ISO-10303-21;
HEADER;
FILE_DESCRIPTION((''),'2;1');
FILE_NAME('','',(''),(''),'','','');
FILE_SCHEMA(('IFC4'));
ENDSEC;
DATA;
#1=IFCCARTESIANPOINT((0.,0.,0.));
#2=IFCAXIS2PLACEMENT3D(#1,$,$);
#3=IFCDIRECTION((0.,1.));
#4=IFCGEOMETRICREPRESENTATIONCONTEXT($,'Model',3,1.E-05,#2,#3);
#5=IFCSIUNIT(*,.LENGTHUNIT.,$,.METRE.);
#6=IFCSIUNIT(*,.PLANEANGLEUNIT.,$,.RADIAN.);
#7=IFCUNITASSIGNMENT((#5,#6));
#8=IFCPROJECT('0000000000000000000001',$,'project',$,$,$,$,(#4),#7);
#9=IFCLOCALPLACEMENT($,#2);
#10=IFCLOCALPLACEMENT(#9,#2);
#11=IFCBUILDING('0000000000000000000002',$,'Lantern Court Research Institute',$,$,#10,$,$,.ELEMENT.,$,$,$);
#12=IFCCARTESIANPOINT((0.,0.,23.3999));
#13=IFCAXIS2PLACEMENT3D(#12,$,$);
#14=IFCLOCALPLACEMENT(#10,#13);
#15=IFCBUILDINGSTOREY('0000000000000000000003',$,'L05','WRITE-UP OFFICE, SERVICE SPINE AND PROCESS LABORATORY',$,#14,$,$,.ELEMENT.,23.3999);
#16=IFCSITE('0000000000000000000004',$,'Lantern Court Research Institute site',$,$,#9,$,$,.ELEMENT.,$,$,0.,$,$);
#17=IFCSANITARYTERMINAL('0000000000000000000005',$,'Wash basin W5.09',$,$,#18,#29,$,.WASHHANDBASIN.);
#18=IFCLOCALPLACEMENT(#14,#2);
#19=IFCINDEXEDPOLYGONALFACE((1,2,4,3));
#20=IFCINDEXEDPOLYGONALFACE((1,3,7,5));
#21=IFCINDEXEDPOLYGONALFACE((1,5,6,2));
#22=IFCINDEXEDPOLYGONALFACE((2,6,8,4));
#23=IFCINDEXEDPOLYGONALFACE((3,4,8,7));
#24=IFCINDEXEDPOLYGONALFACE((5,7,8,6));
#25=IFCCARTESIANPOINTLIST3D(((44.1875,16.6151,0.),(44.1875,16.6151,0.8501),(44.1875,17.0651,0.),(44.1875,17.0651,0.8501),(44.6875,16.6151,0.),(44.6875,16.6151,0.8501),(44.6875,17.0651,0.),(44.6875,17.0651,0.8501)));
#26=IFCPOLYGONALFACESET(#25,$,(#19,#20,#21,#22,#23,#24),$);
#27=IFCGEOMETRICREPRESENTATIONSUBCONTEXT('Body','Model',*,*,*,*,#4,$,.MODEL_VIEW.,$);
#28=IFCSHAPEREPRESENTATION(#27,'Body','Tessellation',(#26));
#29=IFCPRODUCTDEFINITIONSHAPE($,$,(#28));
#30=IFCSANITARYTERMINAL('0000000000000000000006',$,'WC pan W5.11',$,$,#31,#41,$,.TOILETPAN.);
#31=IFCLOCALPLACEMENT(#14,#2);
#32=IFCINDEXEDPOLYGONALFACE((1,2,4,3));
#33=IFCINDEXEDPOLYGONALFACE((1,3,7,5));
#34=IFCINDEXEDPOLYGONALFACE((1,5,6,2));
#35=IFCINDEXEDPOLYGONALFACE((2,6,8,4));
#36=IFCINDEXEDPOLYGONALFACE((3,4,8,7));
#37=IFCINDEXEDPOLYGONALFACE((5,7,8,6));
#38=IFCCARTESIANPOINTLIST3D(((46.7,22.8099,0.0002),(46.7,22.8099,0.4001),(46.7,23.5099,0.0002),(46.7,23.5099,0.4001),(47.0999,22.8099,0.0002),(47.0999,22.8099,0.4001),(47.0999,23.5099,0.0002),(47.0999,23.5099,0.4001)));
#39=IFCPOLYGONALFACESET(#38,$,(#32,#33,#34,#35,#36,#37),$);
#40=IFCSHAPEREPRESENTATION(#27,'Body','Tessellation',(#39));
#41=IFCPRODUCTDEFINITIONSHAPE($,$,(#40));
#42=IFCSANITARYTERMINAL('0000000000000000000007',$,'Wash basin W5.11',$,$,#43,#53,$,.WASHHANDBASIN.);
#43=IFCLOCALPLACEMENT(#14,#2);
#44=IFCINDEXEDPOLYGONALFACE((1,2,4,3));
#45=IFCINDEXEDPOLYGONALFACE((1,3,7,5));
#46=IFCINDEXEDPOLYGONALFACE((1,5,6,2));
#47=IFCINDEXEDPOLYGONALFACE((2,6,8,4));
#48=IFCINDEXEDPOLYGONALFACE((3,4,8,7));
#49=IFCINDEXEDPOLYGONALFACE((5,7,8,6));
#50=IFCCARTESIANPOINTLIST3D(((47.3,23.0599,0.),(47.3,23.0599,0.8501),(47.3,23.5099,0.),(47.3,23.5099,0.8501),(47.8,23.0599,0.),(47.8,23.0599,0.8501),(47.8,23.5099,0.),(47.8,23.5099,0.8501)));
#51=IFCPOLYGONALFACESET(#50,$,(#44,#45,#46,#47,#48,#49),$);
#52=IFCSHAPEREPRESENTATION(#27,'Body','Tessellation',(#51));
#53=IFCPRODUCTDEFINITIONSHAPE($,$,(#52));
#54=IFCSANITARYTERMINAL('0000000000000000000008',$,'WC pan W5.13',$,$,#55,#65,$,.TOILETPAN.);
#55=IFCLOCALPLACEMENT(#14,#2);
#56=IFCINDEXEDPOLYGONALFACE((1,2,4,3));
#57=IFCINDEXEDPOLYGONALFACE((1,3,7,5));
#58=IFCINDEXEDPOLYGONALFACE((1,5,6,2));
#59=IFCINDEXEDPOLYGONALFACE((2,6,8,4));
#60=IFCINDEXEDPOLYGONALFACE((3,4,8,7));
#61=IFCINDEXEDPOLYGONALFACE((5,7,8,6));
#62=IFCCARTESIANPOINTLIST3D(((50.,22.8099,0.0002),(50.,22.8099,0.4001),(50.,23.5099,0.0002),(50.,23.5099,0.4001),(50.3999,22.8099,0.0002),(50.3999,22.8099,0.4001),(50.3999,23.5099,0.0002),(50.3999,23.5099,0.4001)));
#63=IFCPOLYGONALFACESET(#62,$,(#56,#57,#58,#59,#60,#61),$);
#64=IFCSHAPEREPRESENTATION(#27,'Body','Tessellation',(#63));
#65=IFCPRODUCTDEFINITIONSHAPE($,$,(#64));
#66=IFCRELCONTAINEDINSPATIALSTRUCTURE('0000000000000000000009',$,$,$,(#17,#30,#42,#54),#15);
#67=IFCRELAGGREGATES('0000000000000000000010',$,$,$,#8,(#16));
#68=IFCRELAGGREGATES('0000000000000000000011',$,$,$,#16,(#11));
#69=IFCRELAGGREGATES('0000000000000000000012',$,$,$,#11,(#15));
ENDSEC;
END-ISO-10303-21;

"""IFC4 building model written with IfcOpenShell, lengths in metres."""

from ifc_helpers import new_model, si_unit, direction, frame, origin, origin_2d, place, context, subcontext, project, spatial, rectangle, extrude, element, save


model = new_model("IFC4")

# Units and contexts
model_context = context("Model", 3, precision=1e-05, world=origin(), true_north=direction((0.0, 1.0)))
body_context = subcontext(model_context, "Body", "Model", "MODEL_VIEW")
ifc_project = project(units=[si_unit("LENGTHUNIT", "METRE"), si_unit("PLANEANGLEUNIT", "RADIAN")], contexts=[model_context])

# Site, building, storey
site_placement = place(None, origin())
site = spatial("IfcSite", under=ifc_project, at=site_placement, Name="Lantern Court Research Institute site", CompositionType="ELEMENT", RefElevation=0.0)
building_placement = place(site_placement, origin())
building = spatial("IfcBuilding", under=site, at=building_placement, Name="Lantern Court Research Institute", CompositionType="ELEMENT")
storey_placement = place(building_placement, frame((0.0, 0.0, 23.3999)))
storey = spatial("IfcBuildingStorey", under=building, at=storey_placement, Name="L05", Description="WRITE-UP OFFICE, SERVICE SPINE AND PROCESS LABORATORY", CompositionType="ELEMENT", Elevation=23.3999)

# Sanitary terminals
for number, where, z_axis, x_axis, name in (
    (1, (44.4375, 16.8401, 0.0), (0.0, 0.0, 1.0), (1.0, 0.0, 0.0), "Wash basin W5.09"),
):
    element("IfcSanitaryTerminal", number, at=place(storey_placement, frame(where, z_axis=z_axis, x_axis=x_axis)), inside=storey, Name=name, PredefinedType="WASHHANDBASIN", context=body_context, shape_type="SweptSolid", body=[
        extrude(rectangle(XDim=0.5, YDim=0.45, at=origin_2d()), origin(), (0.0, 0.0, 1.0), 0.8501),
    ])
sanitary_terminal_1_placement = place(storey_placement, frame((46.8999, 23.1599, 0.0002), z_axis=(0.0, 0.0, 1.0), x_axis=(1.0, 0.0, 0.0)))
element("IfcSanitaryTerminal", 2, at=sanitary_terminal_1_placement, inside=storey, Name="WC pan W5.11", PredefinedType="TOILETPAN", context=body_context, shape_type="SweptSolid", body=[
    extrude(rectangle(XDim=0.3999, YDim=0.7, at=origin_2d()), origin(), (0.0, 0.0, 1.0), 0.3999),
])
sanitary_terminal_2_placement = place(storey_placement, frame((47.55, 23.2849, 0.0), z_axis=(0.0, 0.0, 1.0), x_axis=(1.0, 0.0, 0.0)))
element("IfcSanitaryTerminal", 3, at=sanitary_terminal_2_placement, inside=storey, Name="Wash basin W5.11", PredefinedType="WASHHANDBASIN", context=body_context, shape_type="SweptSolid", body=[
    extrude(rectangle(XDim=0.5, YDim=0.45, at=origin_2d()), origin(), (0.0, 0.0, 1.0), 0.8501),
])
sanitary_terminal_3_placement = place(storey_placement, frame((50.2, 23.1599, 0.0002), z_axis=(0.0, 0.0, 1.0), x_axis=(1.0, 0.0, 0.0)))
element("IfcSanitaryTerminal", 4, at=sanitary_terminal_3_placement, inside=storey, Name="WC pan W5.13", PredefinedType="TOILETPAN", context=body_context, shape_type="SweptSolid", body=[
    extrude(rectangle(XDim=0.3999, YDim=0.7, at=origin_2d()), origin(), (0.0, 0.0, 1.0), 0.3999),
])

save(model, "model.ifc")
